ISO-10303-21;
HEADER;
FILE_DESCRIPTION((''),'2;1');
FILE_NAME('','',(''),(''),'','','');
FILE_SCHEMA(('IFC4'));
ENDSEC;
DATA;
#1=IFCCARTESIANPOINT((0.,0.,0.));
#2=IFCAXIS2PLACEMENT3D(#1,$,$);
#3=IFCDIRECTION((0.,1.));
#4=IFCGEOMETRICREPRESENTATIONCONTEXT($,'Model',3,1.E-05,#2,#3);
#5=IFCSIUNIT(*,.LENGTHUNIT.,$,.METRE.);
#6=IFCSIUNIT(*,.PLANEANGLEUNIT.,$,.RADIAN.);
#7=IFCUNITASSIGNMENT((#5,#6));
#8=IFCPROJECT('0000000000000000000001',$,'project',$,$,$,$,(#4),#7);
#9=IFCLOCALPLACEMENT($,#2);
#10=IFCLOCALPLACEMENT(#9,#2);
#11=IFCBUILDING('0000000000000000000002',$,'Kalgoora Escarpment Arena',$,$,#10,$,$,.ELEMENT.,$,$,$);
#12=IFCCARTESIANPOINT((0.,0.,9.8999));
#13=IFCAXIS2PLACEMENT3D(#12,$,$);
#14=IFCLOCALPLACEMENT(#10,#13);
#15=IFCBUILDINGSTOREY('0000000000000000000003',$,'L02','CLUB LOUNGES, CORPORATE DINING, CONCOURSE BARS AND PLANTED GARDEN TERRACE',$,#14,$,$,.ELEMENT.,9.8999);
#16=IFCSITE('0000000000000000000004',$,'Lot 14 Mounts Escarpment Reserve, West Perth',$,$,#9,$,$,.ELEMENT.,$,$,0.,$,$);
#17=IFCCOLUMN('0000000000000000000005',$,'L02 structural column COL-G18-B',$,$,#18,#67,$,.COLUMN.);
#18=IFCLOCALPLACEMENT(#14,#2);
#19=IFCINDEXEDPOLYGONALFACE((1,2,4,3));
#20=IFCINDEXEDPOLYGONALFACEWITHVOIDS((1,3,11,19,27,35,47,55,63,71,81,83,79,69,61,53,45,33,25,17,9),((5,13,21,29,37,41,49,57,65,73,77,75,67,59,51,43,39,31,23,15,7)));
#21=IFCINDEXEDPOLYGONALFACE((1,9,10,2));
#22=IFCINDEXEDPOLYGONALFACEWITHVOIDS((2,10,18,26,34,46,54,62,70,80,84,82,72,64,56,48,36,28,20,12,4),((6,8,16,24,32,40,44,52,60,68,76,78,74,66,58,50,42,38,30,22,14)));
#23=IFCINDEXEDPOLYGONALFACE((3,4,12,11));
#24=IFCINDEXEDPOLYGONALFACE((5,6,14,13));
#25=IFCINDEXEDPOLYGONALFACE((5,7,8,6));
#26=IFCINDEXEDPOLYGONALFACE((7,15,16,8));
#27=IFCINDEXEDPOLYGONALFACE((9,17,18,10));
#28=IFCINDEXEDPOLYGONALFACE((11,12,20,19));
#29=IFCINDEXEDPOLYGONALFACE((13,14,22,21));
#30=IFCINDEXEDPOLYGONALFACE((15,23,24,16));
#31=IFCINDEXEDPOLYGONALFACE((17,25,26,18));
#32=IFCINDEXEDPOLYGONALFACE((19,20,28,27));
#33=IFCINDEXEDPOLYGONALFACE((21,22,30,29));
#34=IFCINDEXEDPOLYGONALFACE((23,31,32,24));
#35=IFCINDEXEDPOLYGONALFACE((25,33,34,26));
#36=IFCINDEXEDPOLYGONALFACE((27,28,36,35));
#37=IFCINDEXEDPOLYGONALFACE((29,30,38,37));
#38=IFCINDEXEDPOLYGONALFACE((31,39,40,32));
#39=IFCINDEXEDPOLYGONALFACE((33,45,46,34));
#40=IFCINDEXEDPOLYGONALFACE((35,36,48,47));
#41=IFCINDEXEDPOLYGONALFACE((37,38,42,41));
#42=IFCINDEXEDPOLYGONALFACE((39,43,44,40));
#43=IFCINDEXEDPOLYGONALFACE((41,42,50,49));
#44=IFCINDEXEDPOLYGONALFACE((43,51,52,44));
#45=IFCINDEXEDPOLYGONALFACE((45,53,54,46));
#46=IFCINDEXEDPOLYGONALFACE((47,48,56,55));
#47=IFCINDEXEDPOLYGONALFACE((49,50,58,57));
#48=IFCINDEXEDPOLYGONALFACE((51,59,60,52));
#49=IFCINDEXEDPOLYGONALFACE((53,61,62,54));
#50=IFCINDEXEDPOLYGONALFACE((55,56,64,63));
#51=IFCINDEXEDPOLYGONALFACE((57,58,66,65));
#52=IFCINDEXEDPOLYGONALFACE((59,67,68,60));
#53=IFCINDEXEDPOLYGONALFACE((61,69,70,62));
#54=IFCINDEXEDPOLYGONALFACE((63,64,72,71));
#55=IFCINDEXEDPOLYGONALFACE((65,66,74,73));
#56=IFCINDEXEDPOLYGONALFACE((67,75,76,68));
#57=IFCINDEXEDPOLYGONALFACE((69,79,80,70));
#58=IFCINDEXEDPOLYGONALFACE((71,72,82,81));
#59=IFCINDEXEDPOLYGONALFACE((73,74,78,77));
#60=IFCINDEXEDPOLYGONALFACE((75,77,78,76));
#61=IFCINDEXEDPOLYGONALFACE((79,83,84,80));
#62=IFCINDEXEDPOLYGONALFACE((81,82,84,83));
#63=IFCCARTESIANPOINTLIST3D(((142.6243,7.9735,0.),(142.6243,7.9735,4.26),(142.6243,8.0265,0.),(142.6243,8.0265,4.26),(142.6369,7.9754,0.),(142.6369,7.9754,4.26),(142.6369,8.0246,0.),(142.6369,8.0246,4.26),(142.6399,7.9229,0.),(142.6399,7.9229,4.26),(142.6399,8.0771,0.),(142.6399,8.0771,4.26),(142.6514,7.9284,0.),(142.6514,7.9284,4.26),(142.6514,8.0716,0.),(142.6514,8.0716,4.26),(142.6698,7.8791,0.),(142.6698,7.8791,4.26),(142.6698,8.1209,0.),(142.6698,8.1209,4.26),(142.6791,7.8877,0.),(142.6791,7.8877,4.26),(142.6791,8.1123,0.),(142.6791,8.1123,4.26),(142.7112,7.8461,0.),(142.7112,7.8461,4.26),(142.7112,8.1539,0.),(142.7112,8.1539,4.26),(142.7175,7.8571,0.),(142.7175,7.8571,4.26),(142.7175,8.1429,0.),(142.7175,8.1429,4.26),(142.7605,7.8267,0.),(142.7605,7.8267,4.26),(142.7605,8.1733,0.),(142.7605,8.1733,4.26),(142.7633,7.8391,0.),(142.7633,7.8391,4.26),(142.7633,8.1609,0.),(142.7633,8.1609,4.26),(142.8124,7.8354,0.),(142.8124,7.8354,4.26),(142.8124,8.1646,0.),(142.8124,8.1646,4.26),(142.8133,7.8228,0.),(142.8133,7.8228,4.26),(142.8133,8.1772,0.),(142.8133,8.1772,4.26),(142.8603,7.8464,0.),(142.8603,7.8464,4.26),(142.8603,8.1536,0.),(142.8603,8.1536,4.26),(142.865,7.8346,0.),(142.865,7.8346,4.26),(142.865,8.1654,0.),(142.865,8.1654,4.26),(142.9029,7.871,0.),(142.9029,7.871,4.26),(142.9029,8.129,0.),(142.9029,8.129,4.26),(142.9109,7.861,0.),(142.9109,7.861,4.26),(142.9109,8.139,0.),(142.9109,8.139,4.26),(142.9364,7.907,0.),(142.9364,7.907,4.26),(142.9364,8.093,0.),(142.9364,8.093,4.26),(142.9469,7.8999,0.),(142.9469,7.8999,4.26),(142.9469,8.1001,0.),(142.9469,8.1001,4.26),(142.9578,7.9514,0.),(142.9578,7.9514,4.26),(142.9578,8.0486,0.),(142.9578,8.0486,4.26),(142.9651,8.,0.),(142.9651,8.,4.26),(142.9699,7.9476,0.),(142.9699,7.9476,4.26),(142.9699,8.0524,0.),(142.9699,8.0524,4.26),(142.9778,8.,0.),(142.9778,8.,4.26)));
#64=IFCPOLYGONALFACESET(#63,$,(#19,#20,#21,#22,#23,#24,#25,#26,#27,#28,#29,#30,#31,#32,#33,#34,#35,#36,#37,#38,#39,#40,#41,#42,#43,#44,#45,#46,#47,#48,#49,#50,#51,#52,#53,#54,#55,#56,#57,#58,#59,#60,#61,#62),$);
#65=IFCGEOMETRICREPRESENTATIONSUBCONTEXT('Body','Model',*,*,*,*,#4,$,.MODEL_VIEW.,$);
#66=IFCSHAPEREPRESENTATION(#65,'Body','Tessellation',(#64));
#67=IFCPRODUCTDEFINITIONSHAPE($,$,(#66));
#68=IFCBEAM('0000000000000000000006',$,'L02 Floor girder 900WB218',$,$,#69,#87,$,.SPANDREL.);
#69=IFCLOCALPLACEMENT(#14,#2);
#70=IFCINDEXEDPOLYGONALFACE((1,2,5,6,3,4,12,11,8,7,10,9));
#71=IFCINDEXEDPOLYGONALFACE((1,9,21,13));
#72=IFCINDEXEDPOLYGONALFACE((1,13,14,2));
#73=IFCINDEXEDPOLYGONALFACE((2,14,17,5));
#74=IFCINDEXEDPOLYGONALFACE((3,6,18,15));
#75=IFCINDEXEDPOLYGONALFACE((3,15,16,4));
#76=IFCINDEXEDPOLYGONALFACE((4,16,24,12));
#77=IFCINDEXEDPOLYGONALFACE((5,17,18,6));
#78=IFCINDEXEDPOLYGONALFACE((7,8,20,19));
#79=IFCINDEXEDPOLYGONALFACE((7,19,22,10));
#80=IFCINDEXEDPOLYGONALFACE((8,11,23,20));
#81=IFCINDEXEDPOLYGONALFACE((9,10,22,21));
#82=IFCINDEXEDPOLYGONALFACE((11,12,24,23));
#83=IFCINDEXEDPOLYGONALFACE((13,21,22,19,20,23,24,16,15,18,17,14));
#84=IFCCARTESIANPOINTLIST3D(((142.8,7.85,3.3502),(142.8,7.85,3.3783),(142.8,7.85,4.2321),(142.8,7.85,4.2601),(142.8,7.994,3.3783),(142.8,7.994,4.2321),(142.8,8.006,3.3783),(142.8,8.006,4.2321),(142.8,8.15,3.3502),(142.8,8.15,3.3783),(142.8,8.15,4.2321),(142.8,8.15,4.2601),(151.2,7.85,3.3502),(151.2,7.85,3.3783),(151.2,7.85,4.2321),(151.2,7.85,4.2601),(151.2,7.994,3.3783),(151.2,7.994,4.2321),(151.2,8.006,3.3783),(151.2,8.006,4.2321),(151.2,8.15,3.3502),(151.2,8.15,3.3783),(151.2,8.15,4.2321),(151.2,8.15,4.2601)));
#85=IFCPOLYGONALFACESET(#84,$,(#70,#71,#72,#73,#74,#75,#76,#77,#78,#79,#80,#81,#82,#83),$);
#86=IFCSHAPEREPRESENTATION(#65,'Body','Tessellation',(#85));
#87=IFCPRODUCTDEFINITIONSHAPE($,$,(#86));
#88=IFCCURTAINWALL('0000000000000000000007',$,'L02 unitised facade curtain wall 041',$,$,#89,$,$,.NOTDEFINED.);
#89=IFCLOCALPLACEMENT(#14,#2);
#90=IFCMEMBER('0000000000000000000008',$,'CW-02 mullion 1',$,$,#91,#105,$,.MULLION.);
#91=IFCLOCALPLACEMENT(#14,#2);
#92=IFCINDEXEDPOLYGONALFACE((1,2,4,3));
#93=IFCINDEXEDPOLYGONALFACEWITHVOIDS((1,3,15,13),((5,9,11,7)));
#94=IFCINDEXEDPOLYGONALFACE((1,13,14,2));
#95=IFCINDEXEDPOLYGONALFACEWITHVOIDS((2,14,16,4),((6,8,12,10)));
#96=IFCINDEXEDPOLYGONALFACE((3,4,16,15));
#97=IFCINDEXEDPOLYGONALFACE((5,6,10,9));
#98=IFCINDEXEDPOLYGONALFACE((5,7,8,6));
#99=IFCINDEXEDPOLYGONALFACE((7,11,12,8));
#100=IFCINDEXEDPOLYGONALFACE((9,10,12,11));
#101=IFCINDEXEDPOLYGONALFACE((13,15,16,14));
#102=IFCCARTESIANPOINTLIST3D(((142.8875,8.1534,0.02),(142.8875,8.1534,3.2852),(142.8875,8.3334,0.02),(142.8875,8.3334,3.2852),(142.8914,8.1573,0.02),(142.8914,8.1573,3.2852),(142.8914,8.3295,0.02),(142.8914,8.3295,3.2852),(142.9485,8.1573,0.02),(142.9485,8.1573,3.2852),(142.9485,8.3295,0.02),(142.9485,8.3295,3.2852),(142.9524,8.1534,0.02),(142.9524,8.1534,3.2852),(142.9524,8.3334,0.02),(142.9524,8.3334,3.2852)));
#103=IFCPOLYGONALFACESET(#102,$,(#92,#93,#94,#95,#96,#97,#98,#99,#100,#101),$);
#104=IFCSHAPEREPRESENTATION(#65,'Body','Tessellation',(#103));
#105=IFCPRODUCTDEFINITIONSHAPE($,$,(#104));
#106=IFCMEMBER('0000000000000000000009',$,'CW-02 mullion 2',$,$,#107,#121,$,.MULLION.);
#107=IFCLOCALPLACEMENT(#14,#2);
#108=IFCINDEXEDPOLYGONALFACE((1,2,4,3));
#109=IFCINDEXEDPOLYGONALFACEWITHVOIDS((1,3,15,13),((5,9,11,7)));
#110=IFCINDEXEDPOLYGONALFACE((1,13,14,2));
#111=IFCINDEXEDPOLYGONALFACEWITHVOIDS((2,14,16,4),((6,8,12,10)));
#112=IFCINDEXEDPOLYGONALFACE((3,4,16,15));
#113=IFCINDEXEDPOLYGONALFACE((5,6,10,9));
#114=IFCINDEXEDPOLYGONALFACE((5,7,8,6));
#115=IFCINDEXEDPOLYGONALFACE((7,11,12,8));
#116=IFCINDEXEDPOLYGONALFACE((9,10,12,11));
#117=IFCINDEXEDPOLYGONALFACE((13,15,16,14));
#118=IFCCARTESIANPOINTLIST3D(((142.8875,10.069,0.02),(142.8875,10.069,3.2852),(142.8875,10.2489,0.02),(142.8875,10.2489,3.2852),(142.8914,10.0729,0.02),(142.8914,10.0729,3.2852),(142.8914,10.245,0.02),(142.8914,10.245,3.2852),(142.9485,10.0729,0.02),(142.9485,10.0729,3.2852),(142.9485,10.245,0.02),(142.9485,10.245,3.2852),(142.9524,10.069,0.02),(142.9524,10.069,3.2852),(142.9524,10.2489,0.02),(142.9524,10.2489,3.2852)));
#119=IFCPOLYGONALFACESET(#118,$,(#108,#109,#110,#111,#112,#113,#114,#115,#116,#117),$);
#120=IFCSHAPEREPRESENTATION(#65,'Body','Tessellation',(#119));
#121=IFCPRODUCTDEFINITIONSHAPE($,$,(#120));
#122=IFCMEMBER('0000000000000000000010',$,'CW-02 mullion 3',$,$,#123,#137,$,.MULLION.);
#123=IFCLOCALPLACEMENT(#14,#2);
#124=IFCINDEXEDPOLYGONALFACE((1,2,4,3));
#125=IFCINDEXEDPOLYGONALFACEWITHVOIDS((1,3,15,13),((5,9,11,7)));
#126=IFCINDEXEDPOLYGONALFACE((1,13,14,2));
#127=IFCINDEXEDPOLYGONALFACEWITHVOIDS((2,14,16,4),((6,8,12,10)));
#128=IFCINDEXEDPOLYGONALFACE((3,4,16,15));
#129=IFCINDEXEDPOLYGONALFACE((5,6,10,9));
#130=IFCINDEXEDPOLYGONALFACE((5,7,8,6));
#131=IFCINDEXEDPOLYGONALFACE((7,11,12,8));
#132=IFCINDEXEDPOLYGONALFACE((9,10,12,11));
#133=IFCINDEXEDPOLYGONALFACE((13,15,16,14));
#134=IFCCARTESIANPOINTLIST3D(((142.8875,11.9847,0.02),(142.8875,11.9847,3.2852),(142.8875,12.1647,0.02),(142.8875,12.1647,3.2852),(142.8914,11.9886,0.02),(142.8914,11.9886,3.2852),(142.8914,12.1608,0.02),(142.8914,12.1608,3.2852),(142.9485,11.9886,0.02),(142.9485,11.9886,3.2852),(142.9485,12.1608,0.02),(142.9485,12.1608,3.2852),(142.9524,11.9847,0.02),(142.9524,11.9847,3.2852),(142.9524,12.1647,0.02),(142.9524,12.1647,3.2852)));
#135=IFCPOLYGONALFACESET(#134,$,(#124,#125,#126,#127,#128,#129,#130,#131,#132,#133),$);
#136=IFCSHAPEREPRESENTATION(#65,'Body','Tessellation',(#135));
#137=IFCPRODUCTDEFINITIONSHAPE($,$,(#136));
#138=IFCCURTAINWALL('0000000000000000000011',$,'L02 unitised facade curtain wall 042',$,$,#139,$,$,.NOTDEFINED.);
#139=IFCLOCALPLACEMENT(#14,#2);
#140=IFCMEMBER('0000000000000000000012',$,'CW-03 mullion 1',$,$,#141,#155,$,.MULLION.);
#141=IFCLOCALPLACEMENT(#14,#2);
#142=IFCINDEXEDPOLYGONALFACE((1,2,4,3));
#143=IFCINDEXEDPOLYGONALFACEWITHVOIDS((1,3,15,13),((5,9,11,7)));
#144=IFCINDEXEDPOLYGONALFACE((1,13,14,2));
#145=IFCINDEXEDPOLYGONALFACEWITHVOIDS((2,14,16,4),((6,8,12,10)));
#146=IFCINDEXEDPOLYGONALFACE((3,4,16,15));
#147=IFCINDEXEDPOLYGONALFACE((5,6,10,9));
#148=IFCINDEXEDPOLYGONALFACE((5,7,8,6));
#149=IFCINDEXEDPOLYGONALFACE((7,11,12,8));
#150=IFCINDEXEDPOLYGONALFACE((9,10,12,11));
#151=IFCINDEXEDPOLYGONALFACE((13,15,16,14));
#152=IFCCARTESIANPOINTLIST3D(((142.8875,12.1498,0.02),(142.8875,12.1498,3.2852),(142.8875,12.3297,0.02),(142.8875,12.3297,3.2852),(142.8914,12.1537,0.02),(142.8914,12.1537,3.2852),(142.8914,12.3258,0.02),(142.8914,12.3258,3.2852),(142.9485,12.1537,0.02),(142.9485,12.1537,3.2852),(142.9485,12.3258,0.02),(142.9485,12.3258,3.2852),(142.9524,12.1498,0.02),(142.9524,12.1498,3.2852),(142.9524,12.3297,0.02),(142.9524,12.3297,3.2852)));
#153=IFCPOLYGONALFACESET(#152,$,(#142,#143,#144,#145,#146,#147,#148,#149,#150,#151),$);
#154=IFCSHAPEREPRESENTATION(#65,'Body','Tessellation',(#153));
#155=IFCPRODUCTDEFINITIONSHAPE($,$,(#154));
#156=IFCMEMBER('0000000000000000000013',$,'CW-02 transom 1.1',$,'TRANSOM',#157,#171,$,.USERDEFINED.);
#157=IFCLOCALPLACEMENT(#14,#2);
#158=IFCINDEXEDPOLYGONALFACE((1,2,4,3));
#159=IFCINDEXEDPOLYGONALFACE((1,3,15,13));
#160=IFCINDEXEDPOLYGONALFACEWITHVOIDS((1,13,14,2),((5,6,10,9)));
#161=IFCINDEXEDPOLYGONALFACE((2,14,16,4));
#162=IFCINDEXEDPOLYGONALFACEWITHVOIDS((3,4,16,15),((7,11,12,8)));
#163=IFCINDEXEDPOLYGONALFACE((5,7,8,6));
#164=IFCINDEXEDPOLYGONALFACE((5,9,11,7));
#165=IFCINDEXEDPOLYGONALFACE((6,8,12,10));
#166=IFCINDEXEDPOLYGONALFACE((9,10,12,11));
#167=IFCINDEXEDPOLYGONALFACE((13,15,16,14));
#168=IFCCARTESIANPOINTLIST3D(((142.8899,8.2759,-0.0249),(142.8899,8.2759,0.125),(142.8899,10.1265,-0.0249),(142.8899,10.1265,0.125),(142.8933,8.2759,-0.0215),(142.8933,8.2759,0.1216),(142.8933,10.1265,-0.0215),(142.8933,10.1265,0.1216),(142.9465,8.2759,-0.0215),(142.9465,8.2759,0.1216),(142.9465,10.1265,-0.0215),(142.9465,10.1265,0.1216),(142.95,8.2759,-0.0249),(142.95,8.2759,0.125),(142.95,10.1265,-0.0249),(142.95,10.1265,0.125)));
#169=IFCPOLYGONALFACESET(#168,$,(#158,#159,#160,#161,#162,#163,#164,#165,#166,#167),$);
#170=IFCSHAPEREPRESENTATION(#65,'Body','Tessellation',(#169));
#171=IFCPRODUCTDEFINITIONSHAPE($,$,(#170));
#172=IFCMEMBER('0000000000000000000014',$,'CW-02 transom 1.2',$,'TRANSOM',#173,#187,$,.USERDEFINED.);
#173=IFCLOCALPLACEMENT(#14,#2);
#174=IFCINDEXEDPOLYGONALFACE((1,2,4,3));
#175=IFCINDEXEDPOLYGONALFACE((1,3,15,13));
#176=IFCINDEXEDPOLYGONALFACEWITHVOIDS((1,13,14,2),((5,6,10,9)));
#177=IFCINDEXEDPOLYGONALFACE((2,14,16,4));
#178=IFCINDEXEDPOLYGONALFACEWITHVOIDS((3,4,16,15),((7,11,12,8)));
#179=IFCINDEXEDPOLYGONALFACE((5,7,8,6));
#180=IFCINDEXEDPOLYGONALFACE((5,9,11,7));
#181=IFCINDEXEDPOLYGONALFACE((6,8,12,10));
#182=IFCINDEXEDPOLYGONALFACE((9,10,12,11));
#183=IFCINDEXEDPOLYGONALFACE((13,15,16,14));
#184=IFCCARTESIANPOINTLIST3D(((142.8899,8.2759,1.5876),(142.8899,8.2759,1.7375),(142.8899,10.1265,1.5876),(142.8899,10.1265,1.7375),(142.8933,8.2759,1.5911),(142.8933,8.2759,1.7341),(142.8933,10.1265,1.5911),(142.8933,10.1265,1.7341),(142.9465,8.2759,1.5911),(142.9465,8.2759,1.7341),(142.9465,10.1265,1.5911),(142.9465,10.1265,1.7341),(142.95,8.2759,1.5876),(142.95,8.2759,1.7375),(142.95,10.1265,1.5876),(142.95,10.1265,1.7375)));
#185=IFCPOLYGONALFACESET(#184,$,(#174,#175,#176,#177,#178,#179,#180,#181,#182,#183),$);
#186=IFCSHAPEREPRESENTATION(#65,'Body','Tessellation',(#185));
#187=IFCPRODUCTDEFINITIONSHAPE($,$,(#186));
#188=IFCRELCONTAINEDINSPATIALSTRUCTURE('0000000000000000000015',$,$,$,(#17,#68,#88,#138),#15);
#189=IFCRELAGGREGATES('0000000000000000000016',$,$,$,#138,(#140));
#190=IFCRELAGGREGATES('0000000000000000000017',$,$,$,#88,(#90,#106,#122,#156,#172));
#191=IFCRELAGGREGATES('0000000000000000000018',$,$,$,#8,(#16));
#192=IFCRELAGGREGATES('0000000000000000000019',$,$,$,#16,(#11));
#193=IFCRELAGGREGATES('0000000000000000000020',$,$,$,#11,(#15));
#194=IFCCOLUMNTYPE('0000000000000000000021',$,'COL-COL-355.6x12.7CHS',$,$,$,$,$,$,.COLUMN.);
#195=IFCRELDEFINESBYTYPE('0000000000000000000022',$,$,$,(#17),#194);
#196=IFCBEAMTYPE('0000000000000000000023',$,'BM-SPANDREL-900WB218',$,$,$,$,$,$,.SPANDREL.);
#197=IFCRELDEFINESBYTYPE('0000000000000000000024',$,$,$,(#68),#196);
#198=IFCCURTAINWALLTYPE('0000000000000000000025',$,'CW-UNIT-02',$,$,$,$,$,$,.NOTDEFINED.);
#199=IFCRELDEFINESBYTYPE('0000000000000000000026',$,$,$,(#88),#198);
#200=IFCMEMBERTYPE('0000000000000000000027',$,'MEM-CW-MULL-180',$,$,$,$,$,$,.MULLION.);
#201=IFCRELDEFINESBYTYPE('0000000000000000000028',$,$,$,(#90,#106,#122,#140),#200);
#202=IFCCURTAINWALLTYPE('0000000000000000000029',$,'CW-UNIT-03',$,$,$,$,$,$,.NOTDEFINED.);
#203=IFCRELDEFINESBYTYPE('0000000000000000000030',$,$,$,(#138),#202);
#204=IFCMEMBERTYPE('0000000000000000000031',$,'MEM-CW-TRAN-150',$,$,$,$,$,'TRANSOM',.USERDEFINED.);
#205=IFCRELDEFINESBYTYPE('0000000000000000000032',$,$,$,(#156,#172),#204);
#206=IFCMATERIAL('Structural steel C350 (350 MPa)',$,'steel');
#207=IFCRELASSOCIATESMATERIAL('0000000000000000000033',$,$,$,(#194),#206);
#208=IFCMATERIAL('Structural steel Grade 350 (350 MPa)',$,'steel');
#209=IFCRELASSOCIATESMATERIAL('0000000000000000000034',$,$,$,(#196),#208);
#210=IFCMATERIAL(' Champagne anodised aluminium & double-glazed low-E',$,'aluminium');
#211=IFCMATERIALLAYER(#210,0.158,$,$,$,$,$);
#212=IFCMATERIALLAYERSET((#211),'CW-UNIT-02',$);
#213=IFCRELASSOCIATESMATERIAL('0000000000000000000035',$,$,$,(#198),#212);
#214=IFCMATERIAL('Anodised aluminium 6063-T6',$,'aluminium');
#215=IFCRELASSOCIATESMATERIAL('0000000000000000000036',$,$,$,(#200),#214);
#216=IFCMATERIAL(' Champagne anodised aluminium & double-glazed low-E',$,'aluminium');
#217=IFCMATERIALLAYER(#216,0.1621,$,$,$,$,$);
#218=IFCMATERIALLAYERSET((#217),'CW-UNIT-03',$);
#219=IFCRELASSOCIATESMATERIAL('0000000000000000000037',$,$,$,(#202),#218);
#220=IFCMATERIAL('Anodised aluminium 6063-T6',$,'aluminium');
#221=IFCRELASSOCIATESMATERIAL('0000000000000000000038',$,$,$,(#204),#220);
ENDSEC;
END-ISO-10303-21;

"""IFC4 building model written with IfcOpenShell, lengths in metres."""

from ifc_helpers import new_model, si_unit, direction, frame, origin, origin_2d, place, context, subcontext, project, spatial, hollow_rectangle, hollow_circle, i_section, extrude, material, layer, layer_set, material_profile, profile_set, type_object, element, aggregate, save


model = new_model("IFC4")

# Units and contexts
model_context = context("Model", 3, precision=1e-05, world=origin(), true_north=direction((0.0, 1.0)))
body_context = subcontext(model_context, "Body", "Model", "MODEL_VIEW")
ifc_project = project(units=[si_unit("LENGTHUNIT", "METRE"), si_unit("PLANEANGLEUNIT", "RADIAN")], contexts=[model_context])

# Site, building, storey
site_placement = place(None, origin())
site = spatial("IfcSite", under=ifc_project, at=site_placement, Name="Lot 14 Mounts Escarpment Reserve, West Perth", CompositionType="ELEMENT", RefElevation=0.0)
building_placement = place(site_placement, origin())
building = spatial("IfcBuilding", under=site, at=building_placement, Name="Kalgoora Escarpment Arena", CompositionType="ELEMENT")
storey_placement = place(building_placement, frame((0.0, 0.0, 9.8999)))
storey = spatial("IfcBuildingStorey", under=building, at=storey_placement, Name="L02", Description="CLUB LOUNGES, CORPORATE DINING, CONCOURSE BARS AND PLANTED GARDEN TERRACE", CompositionType="ELEMENT", Elevation=9.8999)

# Column
ifc_material_1 = material(Name="Structural steel C350 (350 MPa)", Category="steel")
ifc_material_profile_1 = material_profile(ifc_material_1, hollow_circle(Radius=0.1777, WallThickness=0.0127, at=origin_2d()))
ifc_profile_set_1 = profile_set([ifc_material_profile_1], Name="Structural steel C350 (350 MPa)")
column_type = type_object("IfcColumnType", Name="COL-COL-355.6x12.7CHS", PredefinedType="COLUMN", material=ifc_profile_set_1)
column_placement = place(storey_placement, frame((142.8, 8.0, 0.0), z_axis=(0.0, 0.0, 1.0), x_axis=(1.0, 0.0, 0.0)))
element("IfcColumn", 1, at=column_placement, inside=storey, type_object=column_type, Name="L02 structural column COL-G18-B", PredefinedType="COLUMN", context=body_context, shape_type="SweptSolid", body=[
    extrude(hollow_circle(Radius=0.1777, WallThickness=0.0127, at=origin_2d()), origin(), (0.0, 0.0, 1.0), 4.26),
])

# Beam
ifc_material_2 = material(Name="Structural steel Grade 350 (350 MPa)", Category="steel")
ifc_material_profile_2 = material_profile(ifc_material_2, i_section(OverallWidth=0.3, OverallDepth=0.9099, WebThickness=0.012, FlangeThickness=0.0281, at=origin_2d()))
ifc_profile_set_2 = profile_set([ifc_material_profile_2], Name="Structural steel Grade 350 (350 MPa)")
beam_type = type_object("IfcBeamType", Name="BM-SPANDREL-900WB218", PredefinedType="SPANDREL", material=ifc_profile_set_2)
beam_placement = place(storey_placement, frame((142.8, 8.0, 3.8052), z_axis=(1.0, 0.0, 0.0), x_axis=(0.0, 1.0, 0.0)))
element("IfcBeam", 2, at=beam_placement, inside=storey, type_object=beam_type, Name="L02 Floor girder 900WB218", PredefinedType="SPANDREL", context=body_context, shape_type="SweptSolid", body=[
    extrude(i_section(OverallWidth=0.3, OverallDepth=0.9099, WebThickness=0.012, FlangeThickness=0.0281, at=origin_2d()), origin(), (0.0, 0.0, 1.0), 8.3999),
])

# Curtain wall, members
ifc_material_3 = material(Name=" Champagne anodised aluminium & double-glazed low-E", Category="aluminium")
ifc_layer_1 = layer(ifc_material_3, 0.158)
ifc_layer_set_1 = layer_set([ifc_layer_1], Name="CW-UNIT-02")
curtain_wall_type_1 = type_object("IfcCurtainWallType", Name="CW-UNIT-02", PredefinedType="NOTDEFINED", material=ifc_layer_set_1)
curtain_wall_1_placement = place(storey_placement, origin())
curtain_wall_1 = element("IfcCurtainWall", 3, at=curtain_wall_1_placement, inside=storey, type_object=curtain_wall_type_1, Name="L02 unitised facade curtain wall 041", PredefinedType="NOTDEFINED")
ifc_material_4 = material(Name="Anodised aluminium 6063-T6", Category="aluminium")
ifc_material_profile_3 = material_profile(ifc_material_4, hollow_rectangle(XDim=0.0649, YDim=0.1799, WallThickness=0.0039, at=origin_2d()))
ifc_profile_set_3 = profile_set([ifc_material_profile_3], Name="Anodised aluminium 6063-T6")
member_type_1 = type_object("IfcMemberType", Name="MEM-CW-MULL-180", PredefinedType="MULLION", material=ifc_profile_set_3)
member_1_placement = place(storey_placement, frame((142.9199, 8.2434, 0.02), z_axis=(0.0, 0.0, 1.0), x_axis=(-1.0, 0.0, 0.0)))
member_1 = element("IfcMember", 4, at=member_1_placement, type_object=member_type_1, Name="CW-02 mullion 1", PredefinedType="MULLION", context=body_context, shape_type="SweptSolid", body=[
    extrude(hollow_rectangle(XDim=0.0649, YDim=0.1799, WallThickness=0.0039, at=origin_2d()), origin(), (0.0, 0.0, 1.0), 3.2651),
])
member_2_placement = place(storey_placement, frame((142.9199, 10.1589, 0.02), z_axis=(0.0, 0.0, 1.0), x_axis=(-1.0, 0.0, 0.0)))
member_2 = element("IfcMember", 5, at=member_2_placement, type_object=member_type_1, Name="CW-02 mullion 2", PredefinedType="MULLION", context=body_context, shape_type="SweptSolid", body=[
    extrude(hollow_rectangle(XDim=0.0649, YDim=0.1799, WallThickness=0.0039, at=origin_2d()), origin(), (0.0, 0.0, 1.0), 3.2651),
])
member_3_placement = place(storey_placement, frame((142.9199, 12.0747, 0.02), z_axis=(0.0, 0.0, 1.0), x_axis=(-1.0, 0.0, 0.0)))
member_3 = element("IfcMember", 6, at=member_3_placement, type_object=member_type_1, Name="CW-02 mullion 3", PredefinedType="MULLION", context=body_context, shape_type="SweptSolid", body=[
    extrude(hollow_rectangle(XDim=0.0649, YDim=0.1799, WallThickness=0.0039, at=origin_2d()), origin(), (0.0, 0.0, 1.0), 3.2651),
])

# Curtain wall, member
ifc_material_5 = material(Name=" Champagne anodised aluminium & double-glazed low-E", Category="aluminium")
ifc_layer_2 = layer(ifc_material_5, 0.1621)
ifc_layer_set_2 = layer_set([ifc_layer_2], Name="CW-UNIT-03")
curtain_wall_type_2 = type_object("IfcCurtainWallType", Name="CW-UNIT-03", PredefinedType="NOTDEFINED", material=ifc_layer_set_2)
curtain_wall_2_placement = place(storey_placement, origin())
curtain_wall_2 = element("IfcCurtainWall", 7, at=curtain_wall_2_placement, inside=storey, type_object=curtain_wall_type_2, Name="L02 unitised facade curtain wall 042", PredefinedType="NOTDEFINED")
member_4_placement = place(storey_placement, frame((142.9199, 12.2397, 0.02), z_axis=(0.0, 0.0, 1.0), x_axis=(-1.0, 0.0, 0.0)))
member_4 = element("IfcMember", 8, at=member_4_placement, type_object=member_type_1, Name="CW-03 mullion 1", PredefinedType="MULLION", context=body_context, shape_type="SweptSolid", body=[
    extrude(hollow_rectangle(XDim=0.0649, YDim=0.1799, WallThickness=0.0039, at=origin_2d()), origin(), (0.0, 0.0, 1.0), 3.2651),
])

# Members
ifc_material_6 = material(Name="Anodised aluminium 6063-T6", Category="aluminium")
ifc_material_profile_4 = material_profile(ifc_material_6, hollow_rectangle(XDim=0.0601, YDim=0.1499, WallThickness=0.0034, at=origin_2d()))
ifc_profile_set_4 = profile_set([ifc_material_profile_4], Name="Anodised aluminium 6063-T6")
member_type_2 = type_object("IfcMemberType", Name="MEM-CW-TRAN-150", ElementType="TRANSOM", PredefinedType="USERDEFINED", material=ifc_profile_set_4)
member_5_placement = place(storey_placement, frame((142.9199, 8.2759, 0.05), z_axis=(0.0, 1.0, 0.0), x_axis=(-1.0, 0.0, 0.0)))
member_5 = element("IfcMember", 9, at=member_5_placement, type_object=member_type_2, Name="CW-02 transom 1.1", ObjectType="TRANSOM", PredefinedType="USERDEFINED", context=body_context, shape_type="SweptSolid", body=[
    extrude(hollow_rectangle(XDim=0.0601, YDim=0.1499, WallThickness=0.0034, at=origin_2d()), origin(), (0.0, 0.0, 1.0), 1.8506),
])
member_6_placement = place(storey_placement, frame((142.9199, 8.2759, 1.6626), z_axis=(0.0, 1.0, 0.0), x_axis=(-1.0, 0.0, 0.0)))
member_6 = element("IfcMember", 10, at=member_6_placement, type_object=member_type_2, Name="CW-02 transom 1.2", ObjectType="TRANSOM", PredefinedType="USERDEFINED", context=body_context, shape_type="SweptSolid", body=[
    extrude(hollow_rectangle(XDim=0.0601, YDim=0.1499, WallThickness=0.0034, at=origin_2d()), origin(), (0.0, 0.0, 1.0), 1.8506),
])
aggregate(curtain_wall_2, [member_4])

aggregate(curtain_wall_1, [member_1, member_2, member_3, member_5, member_6])

save(model, "model.ifc")
